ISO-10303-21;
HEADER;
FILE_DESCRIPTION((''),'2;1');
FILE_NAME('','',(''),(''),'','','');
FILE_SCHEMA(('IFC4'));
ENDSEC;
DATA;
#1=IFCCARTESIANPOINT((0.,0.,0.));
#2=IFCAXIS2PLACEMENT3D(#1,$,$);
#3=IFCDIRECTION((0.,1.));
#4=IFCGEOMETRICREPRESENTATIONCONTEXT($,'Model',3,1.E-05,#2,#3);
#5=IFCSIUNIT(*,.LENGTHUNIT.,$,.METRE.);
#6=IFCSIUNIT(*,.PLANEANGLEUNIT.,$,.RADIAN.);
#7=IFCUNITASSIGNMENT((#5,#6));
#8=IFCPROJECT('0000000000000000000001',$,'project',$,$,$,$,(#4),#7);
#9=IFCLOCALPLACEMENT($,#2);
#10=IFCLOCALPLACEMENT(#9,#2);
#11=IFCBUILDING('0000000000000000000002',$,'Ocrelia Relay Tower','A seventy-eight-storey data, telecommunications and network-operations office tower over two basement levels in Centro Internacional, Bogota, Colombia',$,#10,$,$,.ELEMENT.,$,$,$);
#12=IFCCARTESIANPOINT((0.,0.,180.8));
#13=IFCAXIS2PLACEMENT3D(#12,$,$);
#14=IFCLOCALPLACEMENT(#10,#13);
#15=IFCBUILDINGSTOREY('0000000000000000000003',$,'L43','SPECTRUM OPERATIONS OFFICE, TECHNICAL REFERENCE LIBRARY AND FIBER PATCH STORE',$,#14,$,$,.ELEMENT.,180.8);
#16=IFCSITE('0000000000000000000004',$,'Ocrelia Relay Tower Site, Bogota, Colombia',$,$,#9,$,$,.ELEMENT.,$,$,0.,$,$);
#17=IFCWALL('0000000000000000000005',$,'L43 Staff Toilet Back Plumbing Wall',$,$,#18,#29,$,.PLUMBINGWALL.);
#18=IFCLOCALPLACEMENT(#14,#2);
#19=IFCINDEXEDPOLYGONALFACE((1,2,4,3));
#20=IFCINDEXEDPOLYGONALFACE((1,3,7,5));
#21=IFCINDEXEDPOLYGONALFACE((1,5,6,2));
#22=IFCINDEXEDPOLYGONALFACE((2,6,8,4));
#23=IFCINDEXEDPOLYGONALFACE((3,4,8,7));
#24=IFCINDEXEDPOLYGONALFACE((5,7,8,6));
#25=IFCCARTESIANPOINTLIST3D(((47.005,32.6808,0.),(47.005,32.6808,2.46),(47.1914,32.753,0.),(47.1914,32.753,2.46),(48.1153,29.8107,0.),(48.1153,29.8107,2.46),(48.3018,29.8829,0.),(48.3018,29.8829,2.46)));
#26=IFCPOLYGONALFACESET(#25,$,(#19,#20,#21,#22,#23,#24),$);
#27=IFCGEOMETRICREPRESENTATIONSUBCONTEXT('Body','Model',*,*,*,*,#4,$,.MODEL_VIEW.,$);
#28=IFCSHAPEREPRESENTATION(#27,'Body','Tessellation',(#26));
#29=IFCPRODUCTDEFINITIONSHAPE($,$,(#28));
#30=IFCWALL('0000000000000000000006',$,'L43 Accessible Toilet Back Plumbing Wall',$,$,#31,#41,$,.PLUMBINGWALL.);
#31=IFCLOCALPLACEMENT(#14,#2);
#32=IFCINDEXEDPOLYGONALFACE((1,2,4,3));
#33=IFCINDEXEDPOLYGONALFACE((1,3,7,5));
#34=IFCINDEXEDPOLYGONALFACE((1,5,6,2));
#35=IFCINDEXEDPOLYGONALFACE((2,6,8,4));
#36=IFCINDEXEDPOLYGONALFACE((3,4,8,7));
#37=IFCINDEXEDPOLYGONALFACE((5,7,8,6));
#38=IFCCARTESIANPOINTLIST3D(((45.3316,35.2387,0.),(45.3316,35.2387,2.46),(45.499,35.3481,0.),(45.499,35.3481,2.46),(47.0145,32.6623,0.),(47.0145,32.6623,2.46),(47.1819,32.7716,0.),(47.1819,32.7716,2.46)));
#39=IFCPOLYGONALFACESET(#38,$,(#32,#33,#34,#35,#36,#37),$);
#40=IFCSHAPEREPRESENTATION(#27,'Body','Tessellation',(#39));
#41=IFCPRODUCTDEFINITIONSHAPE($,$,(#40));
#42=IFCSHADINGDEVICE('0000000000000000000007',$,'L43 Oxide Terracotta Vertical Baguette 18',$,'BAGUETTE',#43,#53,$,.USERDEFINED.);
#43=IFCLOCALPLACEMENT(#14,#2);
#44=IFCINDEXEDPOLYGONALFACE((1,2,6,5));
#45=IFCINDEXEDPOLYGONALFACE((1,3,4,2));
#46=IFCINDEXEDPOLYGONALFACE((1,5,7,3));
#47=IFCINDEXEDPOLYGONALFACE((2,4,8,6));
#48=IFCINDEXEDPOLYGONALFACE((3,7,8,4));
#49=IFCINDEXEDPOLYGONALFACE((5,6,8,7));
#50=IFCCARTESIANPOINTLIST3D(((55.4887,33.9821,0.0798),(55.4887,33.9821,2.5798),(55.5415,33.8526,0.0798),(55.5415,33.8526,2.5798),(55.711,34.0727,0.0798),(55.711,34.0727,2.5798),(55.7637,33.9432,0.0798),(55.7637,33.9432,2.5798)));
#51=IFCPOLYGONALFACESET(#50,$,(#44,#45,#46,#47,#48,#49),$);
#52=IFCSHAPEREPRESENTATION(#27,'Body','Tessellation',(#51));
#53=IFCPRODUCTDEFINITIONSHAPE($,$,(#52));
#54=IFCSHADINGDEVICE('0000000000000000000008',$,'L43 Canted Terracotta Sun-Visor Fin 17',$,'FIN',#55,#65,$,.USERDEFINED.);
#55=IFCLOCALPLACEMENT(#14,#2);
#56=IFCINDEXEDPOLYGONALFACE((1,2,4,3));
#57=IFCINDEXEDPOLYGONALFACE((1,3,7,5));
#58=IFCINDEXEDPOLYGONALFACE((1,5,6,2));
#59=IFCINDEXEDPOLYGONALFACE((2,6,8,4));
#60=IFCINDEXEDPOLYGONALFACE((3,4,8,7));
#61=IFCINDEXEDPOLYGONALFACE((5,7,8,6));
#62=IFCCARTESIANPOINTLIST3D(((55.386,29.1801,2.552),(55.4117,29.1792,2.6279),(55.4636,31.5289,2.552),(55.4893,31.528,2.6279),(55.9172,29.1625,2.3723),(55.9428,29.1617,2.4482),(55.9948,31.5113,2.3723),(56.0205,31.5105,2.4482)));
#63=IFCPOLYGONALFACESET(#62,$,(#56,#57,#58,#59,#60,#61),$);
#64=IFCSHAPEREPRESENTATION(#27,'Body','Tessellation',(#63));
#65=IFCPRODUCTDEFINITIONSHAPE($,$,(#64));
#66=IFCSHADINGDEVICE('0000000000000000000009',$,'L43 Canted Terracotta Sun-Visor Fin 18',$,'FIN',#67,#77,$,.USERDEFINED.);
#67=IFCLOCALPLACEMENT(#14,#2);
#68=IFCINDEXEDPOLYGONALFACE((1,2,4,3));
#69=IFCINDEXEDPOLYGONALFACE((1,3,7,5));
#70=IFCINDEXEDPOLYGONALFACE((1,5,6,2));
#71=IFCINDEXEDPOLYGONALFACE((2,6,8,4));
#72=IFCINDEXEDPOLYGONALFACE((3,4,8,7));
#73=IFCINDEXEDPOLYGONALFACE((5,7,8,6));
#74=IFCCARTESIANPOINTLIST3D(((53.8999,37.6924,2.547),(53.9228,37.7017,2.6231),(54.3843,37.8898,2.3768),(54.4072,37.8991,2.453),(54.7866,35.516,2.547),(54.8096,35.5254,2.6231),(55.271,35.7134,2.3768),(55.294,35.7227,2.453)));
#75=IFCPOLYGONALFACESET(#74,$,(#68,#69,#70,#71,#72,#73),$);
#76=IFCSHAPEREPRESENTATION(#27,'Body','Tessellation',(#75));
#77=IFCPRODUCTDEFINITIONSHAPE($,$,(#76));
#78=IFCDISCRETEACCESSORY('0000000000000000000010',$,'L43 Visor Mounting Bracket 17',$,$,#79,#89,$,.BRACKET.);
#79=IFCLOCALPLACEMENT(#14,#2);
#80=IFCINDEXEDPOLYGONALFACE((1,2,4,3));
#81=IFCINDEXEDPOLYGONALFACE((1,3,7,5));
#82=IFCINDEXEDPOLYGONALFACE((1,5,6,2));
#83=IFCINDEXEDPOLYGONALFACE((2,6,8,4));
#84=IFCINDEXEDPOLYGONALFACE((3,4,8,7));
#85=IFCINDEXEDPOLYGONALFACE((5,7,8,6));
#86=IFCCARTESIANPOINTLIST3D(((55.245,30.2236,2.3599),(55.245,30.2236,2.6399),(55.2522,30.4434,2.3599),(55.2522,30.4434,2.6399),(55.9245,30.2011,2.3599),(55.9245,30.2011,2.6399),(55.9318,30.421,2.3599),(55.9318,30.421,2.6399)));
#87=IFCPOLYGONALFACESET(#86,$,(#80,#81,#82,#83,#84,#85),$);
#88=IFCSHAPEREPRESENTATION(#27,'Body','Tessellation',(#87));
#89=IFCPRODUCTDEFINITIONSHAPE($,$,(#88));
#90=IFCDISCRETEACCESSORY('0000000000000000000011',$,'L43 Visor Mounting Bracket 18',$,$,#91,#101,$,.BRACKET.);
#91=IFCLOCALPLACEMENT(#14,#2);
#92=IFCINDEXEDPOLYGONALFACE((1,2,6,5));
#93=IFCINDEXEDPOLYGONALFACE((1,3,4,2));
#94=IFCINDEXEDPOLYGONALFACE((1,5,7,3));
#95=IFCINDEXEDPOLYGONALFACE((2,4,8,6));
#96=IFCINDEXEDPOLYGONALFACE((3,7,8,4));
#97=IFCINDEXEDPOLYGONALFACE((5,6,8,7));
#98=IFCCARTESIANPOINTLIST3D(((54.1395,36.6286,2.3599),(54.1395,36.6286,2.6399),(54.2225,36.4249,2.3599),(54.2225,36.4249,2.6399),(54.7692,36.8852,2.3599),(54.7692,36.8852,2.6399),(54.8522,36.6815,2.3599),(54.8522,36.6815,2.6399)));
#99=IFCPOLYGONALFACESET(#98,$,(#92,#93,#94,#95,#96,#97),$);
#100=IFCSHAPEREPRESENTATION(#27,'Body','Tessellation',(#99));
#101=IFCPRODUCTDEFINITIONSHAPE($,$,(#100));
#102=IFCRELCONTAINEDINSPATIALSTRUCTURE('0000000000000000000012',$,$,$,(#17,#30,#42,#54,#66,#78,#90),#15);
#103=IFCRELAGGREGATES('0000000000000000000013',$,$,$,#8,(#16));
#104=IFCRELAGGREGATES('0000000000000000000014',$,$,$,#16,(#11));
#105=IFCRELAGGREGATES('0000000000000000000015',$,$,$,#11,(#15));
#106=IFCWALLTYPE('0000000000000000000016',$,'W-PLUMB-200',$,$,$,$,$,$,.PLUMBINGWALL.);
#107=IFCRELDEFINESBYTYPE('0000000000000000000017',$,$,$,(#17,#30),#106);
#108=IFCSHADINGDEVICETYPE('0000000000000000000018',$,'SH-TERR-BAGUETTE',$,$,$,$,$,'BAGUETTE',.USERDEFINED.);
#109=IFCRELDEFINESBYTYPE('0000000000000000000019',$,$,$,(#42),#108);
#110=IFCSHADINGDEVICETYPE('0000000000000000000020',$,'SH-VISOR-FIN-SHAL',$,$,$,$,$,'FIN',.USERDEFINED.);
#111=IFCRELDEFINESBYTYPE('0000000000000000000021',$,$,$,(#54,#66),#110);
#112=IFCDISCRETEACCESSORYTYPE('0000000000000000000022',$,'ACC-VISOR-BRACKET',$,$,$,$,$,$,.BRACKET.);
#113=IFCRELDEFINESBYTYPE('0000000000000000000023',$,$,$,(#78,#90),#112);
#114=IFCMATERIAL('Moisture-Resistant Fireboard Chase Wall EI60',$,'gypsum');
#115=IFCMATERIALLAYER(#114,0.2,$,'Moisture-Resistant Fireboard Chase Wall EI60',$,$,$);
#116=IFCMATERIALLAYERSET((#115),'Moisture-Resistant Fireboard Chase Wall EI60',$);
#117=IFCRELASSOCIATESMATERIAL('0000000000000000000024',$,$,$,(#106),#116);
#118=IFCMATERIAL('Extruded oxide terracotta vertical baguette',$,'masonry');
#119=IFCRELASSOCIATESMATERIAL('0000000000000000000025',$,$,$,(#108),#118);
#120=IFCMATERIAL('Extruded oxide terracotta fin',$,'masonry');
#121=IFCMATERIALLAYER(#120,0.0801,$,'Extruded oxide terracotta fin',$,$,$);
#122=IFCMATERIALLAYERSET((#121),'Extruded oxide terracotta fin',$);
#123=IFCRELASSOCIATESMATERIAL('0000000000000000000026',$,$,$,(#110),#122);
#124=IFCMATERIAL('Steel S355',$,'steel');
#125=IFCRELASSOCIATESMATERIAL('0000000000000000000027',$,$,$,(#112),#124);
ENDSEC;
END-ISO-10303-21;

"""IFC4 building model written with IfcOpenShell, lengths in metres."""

from ifc_helpers import new_model, si_unit, direction, frame, frame_2d, origin, origin_2d, place, context, subcontext, project, spatial, rectangle, extrude, material, layer, layer_set, type_object, element, save


model = new_model("IFC4")

# Units and contexts
model_context = context("Model", 3, precision=1e-05, world=origin(), true_north=direction((0.0, 1.0)))
body_context = subcontext(model_context, "Body", "Model", "MODEL_VIEW")
ifc_project = project(units=[si_unit("LENGTHUNIT", "METRE"), si_unit("PLANEANGLEUNIT", "RADIAN")], contexts=[model_context])

# Site, building, storey
site_placement = place(None, origin())
site = spatial("IfcSite", under=ifc_project, at=site_placement, Name="Ocrelia Relay Tower Site, Bogota, Colombia", CompositionType="ELEMENT", RefElevation=0.0)
building_placement = place(site_placement, origin())
building = spatial("IfcBuilding", under=site, at=building_placement, Name="Ocrelia Relay Tower", Description="A seventy-eight-storey data, telecommunications and network-operations office tower over two basement levels in Centro Internacional, Bogota, Colombia", CompositionType="ELEMENT")
storey_placement = place(building_placement, frame((0.0, 0.0, 180.8)))
storey = spatial("IfcBuildingStorey", under=building, at=storey_placement, Name="L43", Description="SPECTRUM OPERATIONS OFFICE, TECHNICAL REFERENCE LIBRARY AND FIBER PATCH STORE", CompositionType="ELEMENT", Elevation=180.8)

# Shared definitions
ifc_material_1 = material(Name="Steel S355", Category="steel")

# Walls
ifc_material_2 = material(Name="Moisture-Resistant Fireboard Chase Wall EI60", Category="gypsum")
ifc_layer_1 = layer(ifc_material_2, 0.2, Name="Moisture-Resistant Fireboard Chase Wall EI60")
ifc_layer_set_1 = layer_set([ifc_layer_1], Name="Moisture-Resistant Fireboard Chase Wall EI60")
wall_type_1 = type_object("IfcWallType", Name="W-PLUMB-200", PredefinedType="PLUMBINGWALL", material=ifc_layer_set_1)
for number, where, z_axis, x_axis, name in (
    (1, (48.2085, 29.8469, 0.0), (0.0, 0.0, 1.0), (-0.360807, 0.93264, 0.0), "L43 Staff Toilet Back Plumbing Wall"),
    (2, (47.0981, 32.717, 0.0), (0.0, 0.0, 1.0), (-0.546858, 0.837225, 0.0), "L43 Accessible Toilet Back Plumbing Wall"),
):
    element("IfcWall", number, at=place(storey_placement, frame(where, z_axis=z_axis, x_axis=x_axis)), inside=storey, type_object=wall_type_1, Name=name, PredefinedType="PLUMBINGWALL", context=body_context, shape_type="SweptSolid", body=[
        extrude(rectangle(XDim=3.0774, YDim=0.2, at=frame_2d((1.5386, 0.0))), origin(), (0.0, 0.0, 1.0), 2.46),
    ])

# Shading devices
ifc_material_3 = material(Name="Extruded oxide terracotta vertical baguette", Category="masonry")
shading_device_type_1 = type_object("IfcShadingDeviceType", Name="SH-TERR-BAGUETTE", ElementType="BAGUETTE", PredefinedType="USERDEFINED", material=ifc_material_3)
shading_device_1_placement = place(storey_placement, frame((55.6262, 33.9626, 0.0798), z_axis=(0.0, 0.0, 1.0), x_axis=(-0.377341, 0.926074, 0.0)))
element("IfcShadingDevice", 3, at=shading_device_1_placement, inside=storey, type_object=shading_device_type_1, Name="L43 Oxide Terracotta Vertical Baguette 18", ObjectType="BAGUETTE", PredefinedType="USERDEFINED", context=body_context, shape_type="SweptSolid", body=[
    extrude(rectangle(XDim=0.1399, YDim=0.24, at=origin_2d()), origin(), (0.0, 0.0, 1.0), 2.5),
])
ifc_material_4 = material(Name="Extruded oxide terracotta fin", Category="masonry")
ifc_layer_2 = layer(ifc_material_4, 0.0801, Name="Extruded oxide terracotta fin")
ifc_layer_set_2 = layer_set([ifc_layer_2], Name="Extruded oxide terracotta fin")
shading_device_type_2 = type_object("IfcShadingDeviceType", Name="SH-VISOR-FIN-SHAL", ElementType="FIN", PredefinedType="USERDEFINED", material=ifc_layer_set_2)
shading_device_2_placement = place(storey_placement, frame((55.6904, 30.3457, 2.4622), z_axis=(0.320108, -0.010579, 0.947322), x_axis=(0.033031, 0.999454, 0.0)))
element("IfcShadingDevice", 4, at=shading_device_2_placement, inside=storey, type_object=shading_device_type_2, Name="L43 Canted Terracotta Sun-Visor Fin 17", ObjectType="FIN", PredefinedType="USERDEFINED", context=body_context, shape_type="SweptSolid", body=[
    extrude(rectangle(XDim=2.3501, YDim=0.561, at=origin_2d()), origin(), (0.0, 0.0, 1.0), 0.0801),
])
shading_device_3_placement = place(storey_placement, frame((54.5854, 36.7029, 2.4619), z_axis=(0.28648, 0.11673, 0.950949), x_axis=(-0.377341, 0.926074, 0.0)))
element("IfcShadingDevice", 5, at=shading_device_3_placement, inside=storey, type_object=shading_device_type_2, Name="L43 Canted Terracotta Sun-Visor Fin 18", ObjectType="FIN", PredefinedType="USERDEFINED", context=body_context, shape_type="SweptSolid", body=[
    extrude(rectangle(XDim=2.3501, YDim=0.55, at=origin_2d()), origin(), (0.0, 0.0, 1.0), 0.0801),
])

# Discrete accessories
discrete_accessory_type = type_object("IfcDiscreteAccessoryType", Name="ACC-VISOR-BRACKET", PredefinedType="BRACKET", material=ifc_material_1)
for number, where, z_axis, x_axis, name in (
    (6, (55.5884, 30.3223, 2.3599), (0.0, 0.0, 1.0), (0.033031, 0.999454, 0.0), "L43 Visor Mounting Bracket 17"),
    (7, (54.4958, 36.655, 2.3599), (0.0, 0.0, 1.0), (-0.377341, 0.926074, 0.0), "L43 Visor Mounting Bracket 18"),
):
    element("IfcDiscreteAccessory", number, at=place(storey_placement, frame(where, z_axis=z_axis, x_axis=x_axis)), inside=storey, type_object=discrete_accessory_type, Name=name, PredefinedType="BRACKET", context=body_context, shape_type="SweptSolid", body=[
        extrude(rectangle(XDim=0.22, YDim=0.6799, at=origin_2d()), origin(), (0.0, 0.0, 1.0), 0.28),
    ])

save(model, "model.ifc")
